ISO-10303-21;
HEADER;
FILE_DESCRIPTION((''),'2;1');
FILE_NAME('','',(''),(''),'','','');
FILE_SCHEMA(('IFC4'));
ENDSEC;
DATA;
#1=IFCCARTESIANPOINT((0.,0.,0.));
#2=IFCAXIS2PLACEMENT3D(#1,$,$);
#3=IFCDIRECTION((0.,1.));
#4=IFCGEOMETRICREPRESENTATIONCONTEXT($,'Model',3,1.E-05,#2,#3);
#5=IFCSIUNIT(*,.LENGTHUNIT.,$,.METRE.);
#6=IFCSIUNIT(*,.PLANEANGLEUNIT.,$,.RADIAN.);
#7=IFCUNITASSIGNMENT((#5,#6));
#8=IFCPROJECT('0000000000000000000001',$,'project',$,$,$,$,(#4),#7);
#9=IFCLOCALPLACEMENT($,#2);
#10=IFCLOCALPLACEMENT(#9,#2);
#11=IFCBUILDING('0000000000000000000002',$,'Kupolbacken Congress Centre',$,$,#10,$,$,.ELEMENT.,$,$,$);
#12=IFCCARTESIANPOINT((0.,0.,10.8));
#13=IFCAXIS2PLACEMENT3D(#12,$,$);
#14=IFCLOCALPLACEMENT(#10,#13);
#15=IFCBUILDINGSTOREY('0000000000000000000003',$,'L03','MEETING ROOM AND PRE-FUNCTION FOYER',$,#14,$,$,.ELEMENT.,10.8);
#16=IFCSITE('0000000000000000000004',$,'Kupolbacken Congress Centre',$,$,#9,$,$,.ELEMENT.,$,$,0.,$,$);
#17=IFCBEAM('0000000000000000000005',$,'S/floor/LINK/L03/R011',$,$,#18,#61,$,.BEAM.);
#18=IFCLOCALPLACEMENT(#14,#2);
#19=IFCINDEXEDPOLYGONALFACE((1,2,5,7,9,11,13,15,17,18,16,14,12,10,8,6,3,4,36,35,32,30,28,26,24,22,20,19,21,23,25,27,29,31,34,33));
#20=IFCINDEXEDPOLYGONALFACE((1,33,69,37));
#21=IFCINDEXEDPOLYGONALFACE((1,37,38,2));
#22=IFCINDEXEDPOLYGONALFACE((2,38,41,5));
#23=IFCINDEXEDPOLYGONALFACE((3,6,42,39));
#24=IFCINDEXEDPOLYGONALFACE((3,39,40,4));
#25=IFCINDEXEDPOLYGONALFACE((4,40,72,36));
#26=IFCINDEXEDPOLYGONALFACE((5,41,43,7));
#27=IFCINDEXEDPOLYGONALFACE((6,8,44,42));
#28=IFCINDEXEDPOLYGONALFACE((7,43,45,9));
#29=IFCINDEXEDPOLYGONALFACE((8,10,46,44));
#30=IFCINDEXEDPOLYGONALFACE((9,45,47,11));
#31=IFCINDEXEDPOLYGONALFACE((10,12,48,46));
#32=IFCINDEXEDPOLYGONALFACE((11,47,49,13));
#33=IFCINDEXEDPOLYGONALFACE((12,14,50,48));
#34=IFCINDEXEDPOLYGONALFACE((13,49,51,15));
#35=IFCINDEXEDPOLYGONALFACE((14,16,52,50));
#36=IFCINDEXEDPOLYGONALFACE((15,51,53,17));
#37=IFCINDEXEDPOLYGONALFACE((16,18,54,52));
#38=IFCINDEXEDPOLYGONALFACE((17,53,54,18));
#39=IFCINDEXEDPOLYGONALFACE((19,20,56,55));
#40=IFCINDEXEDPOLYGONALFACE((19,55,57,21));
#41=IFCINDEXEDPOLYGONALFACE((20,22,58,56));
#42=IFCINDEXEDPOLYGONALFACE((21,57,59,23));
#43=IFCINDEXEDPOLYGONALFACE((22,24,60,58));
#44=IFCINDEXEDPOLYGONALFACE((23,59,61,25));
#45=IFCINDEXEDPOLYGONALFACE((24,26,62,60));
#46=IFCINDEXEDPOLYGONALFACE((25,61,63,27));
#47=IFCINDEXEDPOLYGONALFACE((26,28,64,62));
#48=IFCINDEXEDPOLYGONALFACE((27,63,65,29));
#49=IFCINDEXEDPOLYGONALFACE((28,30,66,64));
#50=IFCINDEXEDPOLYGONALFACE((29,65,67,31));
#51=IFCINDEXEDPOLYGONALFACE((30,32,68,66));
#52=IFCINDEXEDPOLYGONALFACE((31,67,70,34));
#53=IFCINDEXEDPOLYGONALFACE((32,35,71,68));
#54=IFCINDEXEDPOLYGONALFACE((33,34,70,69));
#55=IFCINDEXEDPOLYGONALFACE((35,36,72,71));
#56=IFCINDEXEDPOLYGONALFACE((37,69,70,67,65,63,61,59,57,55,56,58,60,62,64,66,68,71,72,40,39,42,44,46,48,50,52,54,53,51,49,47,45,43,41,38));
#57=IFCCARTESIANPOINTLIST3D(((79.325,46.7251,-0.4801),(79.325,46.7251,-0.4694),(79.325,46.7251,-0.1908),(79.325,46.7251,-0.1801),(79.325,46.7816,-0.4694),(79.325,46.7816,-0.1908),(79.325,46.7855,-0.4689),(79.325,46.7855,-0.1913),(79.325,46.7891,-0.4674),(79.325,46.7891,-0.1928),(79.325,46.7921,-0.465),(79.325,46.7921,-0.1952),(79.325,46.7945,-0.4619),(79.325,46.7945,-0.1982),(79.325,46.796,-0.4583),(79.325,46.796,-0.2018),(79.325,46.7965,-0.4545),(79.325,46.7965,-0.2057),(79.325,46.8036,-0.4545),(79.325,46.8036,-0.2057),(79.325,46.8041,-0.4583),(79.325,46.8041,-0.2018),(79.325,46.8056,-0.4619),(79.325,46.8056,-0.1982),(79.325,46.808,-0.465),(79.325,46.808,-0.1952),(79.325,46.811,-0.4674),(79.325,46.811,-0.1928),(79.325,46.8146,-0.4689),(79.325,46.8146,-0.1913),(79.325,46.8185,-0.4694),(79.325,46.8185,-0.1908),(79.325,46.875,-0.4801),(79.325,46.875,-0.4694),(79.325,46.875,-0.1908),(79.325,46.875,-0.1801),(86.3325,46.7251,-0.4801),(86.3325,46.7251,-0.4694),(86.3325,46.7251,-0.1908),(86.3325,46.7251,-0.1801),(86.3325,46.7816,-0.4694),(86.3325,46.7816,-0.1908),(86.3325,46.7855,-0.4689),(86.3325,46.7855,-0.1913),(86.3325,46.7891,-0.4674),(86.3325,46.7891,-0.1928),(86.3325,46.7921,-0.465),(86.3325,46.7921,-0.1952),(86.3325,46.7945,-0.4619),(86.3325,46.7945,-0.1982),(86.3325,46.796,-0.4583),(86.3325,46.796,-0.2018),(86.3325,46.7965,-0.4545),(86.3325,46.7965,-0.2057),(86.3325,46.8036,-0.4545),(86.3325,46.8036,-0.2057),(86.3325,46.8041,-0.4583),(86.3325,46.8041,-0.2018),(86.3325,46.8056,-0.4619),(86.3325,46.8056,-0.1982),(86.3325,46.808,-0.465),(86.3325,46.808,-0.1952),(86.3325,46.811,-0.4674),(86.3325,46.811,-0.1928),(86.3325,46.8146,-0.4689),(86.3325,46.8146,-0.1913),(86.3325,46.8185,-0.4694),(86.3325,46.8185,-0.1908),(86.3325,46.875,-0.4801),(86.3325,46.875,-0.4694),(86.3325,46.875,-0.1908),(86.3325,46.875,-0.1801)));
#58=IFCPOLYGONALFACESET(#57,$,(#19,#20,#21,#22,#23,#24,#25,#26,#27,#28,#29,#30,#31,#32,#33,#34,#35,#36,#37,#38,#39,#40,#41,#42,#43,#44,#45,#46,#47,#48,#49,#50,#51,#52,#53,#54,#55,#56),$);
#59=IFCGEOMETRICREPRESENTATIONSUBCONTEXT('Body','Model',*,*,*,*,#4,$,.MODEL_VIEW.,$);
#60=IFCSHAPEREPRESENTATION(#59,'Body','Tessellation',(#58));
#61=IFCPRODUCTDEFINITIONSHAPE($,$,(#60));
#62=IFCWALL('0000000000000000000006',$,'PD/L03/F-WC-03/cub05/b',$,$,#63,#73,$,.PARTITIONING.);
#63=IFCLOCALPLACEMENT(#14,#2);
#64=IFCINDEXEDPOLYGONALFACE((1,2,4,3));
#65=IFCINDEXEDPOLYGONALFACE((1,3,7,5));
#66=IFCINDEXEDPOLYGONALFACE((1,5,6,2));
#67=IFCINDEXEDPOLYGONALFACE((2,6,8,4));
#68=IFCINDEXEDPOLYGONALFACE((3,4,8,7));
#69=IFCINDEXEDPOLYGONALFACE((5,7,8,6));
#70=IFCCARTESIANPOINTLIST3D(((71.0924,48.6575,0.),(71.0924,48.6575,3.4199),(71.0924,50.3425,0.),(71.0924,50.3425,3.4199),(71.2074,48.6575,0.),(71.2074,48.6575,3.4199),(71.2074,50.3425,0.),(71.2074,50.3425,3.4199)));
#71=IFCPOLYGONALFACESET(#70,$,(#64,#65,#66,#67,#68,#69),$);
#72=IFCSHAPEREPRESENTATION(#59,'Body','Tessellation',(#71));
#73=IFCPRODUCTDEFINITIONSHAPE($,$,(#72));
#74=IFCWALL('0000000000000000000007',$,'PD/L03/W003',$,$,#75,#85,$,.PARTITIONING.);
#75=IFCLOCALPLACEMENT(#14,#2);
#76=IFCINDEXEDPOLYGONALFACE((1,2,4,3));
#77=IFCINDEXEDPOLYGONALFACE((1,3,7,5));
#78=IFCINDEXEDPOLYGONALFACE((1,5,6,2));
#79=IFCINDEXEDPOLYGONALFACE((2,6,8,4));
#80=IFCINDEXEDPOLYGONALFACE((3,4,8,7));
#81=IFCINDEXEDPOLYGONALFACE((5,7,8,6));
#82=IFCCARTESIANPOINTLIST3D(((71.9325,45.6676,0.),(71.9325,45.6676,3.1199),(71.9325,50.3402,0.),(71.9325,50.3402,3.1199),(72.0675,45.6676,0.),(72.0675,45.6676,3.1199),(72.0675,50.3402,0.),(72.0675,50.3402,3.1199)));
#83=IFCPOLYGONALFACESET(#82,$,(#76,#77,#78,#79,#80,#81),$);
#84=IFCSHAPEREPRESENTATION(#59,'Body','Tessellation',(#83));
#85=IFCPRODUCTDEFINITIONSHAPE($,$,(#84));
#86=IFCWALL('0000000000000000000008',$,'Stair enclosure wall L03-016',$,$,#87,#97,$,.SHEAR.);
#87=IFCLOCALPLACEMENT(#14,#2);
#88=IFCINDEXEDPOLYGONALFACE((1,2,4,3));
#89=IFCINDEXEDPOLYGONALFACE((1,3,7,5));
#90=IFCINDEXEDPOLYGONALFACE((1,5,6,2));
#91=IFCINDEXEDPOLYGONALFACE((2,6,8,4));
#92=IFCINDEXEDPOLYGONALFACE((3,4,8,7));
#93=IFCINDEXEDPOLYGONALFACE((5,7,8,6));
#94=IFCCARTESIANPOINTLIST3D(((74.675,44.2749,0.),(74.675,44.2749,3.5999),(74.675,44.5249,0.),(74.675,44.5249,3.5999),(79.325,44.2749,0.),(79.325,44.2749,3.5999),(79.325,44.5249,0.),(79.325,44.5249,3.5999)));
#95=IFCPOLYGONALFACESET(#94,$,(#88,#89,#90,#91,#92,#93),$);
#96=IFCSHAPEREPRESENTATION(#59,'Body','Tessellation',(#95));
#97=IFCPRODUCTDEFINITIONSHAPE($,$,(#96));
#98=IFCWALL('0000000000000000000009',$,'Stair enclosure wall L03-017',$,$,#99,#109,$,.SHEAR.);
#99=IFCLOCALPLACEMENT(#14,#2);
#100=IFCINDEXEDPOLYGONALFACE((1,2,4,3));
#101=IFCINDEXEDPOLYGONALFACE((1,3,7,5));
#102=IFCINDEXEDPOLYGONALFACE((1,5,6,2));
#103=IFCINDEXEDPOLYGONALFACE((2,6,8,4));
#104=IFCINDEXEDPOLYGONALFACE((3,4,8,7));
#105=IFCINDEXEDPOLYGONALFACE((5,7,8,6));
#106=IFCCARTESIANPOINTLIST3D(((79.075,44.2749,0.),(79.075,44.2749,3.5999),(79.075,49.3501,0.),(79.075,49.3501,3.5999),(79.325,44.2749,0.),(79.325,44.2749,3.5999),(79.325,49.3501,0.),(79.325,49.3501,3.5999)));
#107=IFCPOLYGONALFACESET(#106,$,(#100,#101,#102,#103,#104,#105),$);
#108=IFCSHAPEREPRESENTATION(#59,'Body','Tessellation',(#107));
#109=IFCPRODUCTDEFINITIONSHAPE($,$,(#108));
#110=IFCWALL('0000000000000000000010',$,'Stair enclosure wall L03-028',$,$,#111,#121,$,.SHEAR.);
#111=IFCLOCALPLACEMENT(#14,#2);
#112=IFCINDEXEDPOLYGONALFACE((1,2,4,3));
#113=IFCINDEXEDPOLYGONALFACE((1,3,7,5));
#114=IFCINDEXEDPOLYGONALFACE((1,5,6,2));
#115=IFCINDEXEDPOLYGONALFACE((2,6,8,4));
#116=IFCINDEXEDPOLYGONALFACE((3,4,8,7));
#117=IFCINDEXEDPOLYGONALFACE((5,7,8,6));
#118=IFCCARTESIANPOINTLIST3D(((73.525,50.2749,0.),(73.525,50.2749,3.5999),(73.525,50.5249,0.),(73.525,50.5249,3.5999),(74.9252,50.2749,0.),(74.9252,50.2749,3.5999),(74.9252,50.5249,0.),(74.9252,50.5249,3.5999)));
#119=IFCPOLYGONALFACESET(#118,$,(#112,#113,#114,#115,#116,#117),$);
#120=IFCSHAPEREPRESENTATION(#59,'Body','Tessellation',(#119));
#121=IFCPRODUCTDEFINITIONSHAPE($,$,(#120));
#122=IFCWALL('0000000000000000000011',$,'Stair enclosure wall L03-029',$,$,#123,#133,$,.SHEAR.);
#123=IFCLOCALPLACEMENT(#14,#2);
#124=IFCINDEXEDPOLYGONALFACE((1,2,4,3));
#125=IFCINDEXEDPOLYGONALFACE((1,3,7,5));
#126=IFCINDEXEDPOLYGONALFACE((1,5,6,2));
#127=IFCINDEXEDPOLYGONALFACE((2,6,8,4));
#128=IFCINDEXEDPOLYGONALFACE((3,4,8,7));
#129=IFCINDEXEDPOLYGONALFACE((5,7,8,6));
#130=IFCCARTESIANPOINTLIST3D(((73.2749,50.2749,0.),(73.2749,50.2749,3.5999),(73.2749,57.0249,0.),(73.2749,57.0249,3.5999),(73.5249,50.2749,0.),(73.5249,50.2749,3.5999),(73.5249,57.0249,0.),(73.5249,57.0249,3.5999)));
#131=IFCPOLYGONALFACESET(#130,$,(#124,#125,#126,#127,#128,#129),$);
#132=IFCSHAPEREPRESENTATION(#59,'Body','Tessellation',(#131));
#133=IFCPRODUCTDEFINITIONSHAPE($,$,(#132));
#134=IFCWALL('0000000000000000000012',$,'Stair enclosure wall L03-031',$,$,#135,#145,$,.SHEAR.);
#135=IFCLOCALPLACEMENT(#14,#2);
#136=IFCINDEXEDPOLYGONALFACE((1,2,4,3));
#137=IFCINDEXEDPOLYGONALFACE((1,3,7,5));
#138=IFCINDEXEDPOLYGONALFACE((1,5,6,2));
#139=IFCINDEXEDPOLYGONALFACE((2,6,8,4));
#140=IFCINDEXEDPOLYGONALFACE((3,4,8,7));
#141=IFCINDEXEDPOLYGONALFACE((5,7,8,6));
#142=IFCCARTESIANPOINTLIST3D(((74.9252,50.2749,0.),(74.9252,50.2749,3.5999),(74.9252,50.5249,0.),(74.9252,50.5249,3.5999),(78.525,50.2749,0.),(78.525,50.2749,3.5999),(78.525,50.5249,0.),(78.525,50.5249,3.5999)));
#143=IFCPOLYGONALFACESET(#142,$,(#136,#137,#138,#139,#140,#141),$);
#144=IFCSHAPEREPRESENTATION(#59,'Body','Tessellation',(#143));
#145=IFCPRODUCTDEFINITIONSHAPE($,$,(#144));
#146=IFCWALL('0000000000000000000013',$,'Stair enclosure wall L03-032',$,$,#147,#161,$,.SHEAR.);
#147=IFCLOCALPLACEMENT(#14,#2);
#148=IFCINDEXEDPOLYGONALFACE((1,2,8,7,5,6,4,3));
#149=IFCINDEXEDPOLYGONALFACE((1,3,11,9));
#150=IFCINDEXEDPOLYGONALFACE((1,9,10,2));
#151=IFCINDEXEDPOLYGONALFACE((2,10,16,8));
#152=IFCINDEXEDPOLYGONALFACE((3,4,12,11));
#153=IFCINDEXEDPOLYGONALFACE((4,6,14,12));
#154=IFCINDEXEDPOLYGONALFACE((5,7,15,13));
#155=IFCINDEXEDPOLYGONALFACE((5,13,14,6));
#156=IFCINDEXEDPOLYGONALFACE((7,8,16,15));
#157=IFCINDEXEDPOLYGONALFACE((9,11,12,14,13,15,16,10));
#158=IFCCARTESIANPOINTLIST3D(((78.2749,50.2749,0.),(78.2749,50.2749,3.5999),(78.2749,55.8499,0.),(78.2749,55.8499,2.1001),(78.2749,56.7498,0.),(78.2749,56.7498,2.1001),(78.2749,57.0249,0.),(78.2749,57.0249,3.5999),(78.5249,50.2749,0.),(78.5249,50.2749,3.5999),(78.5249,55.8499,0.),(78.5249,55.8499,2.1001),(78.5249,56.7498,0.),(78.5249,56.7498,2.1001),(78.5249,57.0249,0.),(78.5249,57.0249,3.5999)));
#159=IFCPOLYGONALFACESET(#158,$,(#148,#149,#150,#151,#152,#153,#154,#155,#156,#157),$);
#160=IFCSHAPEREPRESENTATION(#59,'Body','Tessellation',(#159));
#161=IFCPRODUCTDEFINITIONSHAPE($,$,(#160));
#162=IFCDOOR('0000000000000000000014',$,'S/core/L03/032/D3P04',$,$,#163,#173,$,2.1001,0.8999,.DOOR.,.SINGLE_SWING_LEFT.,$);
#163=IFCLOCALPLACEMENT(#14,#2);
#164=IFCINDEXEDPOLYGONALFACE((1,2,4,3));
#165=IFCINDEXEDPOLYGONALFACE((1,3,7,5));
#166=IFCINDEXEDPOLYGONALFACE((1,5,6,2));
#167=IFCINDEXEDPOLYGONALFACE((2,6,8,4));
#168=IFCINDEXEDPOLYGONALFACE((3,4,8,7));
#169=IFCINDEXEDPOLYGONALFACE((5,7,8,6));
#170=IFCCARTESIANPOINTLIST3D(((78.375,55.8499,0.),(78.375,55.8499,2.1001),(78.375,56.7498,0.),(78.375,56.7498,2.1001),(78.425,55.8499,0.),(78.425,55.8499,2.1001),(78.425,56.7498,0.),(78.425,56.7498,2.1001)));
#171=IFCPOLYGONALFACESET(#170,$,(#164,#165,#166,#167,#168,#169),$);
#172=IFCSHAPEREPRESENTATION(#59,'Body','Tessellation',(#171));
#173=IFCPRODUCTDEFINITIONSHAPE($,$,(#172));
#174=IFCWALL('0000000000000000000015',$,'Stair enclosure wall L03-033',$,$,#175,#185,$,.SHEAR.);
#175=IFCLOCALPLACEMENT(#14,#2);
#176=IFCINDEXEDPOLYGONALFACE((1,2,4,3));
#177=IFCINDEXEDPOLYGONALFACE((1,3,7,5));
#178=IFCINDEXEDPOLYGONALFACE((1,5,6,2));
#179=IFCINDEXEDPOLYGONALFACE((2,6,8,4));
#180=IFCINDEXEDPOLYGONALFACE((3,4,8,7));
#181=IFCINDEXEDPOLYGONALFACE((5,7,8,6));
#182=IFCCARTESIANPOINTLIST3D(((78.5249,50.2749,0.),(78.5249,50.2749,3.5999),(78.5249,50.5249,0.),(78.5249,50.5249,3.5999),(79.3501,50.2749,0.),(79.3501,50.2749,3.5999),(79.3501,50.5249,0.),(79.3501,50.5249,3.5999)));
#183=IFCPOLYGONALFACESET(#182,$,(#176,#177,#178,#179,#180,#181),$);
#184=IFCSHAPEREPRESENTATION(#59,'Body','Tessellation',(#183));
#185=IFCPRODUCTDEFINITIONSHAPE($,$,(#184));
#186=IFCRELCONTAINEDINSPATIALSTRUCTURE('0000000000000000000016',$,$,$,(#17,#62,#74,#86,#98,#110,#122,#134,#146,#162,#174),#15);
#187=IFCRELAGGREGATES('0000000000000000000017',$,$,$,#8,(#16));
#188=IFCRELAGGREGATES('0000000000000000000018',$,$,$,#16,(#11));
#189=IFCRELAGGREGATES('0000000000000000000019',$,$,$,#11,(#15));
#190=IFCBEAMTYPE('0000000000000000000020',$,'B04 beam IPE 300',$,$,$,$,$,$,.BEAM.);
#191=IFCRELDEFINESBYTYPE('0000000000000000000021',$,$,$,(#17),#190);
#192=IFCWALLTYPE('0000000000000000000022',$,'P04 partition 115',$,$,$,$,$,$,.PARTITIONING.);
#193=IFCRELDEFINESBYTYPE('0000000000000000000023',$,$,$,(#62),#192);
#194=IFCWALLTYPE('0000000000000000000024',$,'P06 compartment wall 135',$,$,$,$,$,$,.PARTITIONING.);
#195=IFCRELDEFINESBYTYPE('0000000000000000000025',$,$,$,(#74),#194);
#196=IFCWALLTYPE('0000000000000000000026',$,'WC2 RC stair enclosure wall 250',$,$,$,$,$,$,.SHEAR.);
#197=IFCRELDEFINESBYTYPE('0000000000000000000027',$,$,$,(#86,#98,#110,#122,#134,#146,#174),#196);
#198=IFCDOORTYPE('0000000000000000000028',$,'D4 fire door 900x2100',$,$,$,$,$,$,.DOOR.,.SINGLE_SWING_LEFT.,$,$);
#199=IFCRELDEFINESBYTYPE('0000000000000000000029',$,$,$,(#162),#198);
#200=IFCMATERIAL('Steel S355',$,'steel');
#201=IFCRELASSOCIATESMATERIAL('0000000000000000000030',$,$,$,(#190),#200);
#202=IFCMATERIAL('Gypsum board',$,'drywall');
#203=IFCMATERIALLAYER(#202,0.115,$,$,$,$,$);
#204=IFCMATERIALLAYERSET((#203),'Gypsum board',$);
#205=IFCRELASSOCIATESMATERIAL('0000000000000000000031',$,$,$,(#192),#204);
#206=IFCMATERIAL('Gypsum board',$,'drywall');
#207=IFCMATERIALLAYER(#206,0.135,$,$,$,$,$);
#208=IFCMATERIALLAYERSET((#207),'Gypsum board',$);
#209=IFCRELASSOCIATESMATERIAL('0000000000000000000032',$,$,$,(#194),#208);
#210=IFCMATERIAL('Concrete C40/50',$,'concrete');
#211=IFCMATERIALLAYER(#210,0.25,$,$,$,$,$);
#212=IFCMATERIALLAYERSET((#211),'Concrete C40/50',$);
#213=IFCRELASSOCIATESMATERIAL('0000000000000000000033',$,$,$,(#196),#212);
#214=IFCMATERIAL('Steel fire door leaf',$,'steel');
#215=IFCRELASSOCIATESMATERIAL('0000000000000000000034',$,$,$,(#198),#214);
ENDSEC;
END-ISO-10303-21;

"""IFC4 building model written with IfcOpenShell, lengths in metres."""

from ifc_helpers import new_model, si_unit, direction, frame, frame_2d, origin, origin_2d, place, context, subcontext, project, spatial, rectangle, i_section, extrude, material, layer, layer_set, material_profile, profile_set, type_object, element, fill, save


model = new_model("IFC4")

# Units and contexts
model_context = context("Model", 3, precision=1e-05, world=origin(), true_north=direction((0.0, 1.0)))
body_context = subcontext(model_context, "Body", "Model", "MODEL_VIEW")
ifc_project = project(units=[si_unit("LENGTHUNIT", "METRE"), si_unit("PLANEANGLEUNIT", "RADIAN")], contexts=[model_context])

# Site, building, storey
site_placement = place(None, origin())
site = spatial("IfcSite", under=ifc_project, at=site_placement, Name="Kupolbacken Congress Centre", CompositionType="ELEMENT", RefElevation=0.0)
building_placement = place(site_placement, origin())
building = spatial("IfcBuilding", under=site, at=building_placement, Name="Kupolbacken Congress Centre", CompositionType="ELEMENT")
storey_placement = place(building_placement, frame((0.0, 0.0, 10.8)))
storey = spatial("IfcBuildingStorey", under=building, at=storey_placement, Name="L03", Description="MEETING ROOM AND PRE-FUNCTION FOYER", CompositionType="ELEMENT", Elevation=10.8)

# Beam
ifc_material_1 = material(Name="Steel S355", Category="steel")
ifc_material_profile_1 = material_profile(ifc_material_1, i_section(OverallWidth=0.1499, OverallDepth=0.3, WebThickness=0.0071, FlangeThickness=0.0107, FilletRadius=0.0149, at=origin_2d()), Name="IPE 300")
ifc_profile_set_1 = profile_set([ifc_material_profile_1], Name="Steel S355")
beam_type_1 = type_object("IfcBeamType", Name="B04 beam IPE 300", PredefinedType="BEAM", material=ifc_profile_set_1)
beam_1_placement = place(storey_placement, frame((79.325, 46.8, -0.3301), z_axis=(1.0, 0.0, 0.0), x_axis=(0.0, 1.0, 0.0)))
element("IfcBeam", 1, at=beam_1_placement, inside=storey, type_object=beam_type_1, Name="S/floor/LINK/L03/R011", PredefinedType="BEAM", context=body_context, shape_type="SweptSolid", body=[
    extrude(i_section(OverallWidth=0.1499, OverallDepth=0.3, WebThickness=0.0071, FlangeThickness=0.0107, FilletRadius=0.0149, at=origin_2d()), origin(), (0.0, 0.0, 1.0), 7.0076),
])

# Walls
ifc_material_2 = material(Name="Gypsum board", Category="drywall")
ifc_layer_1 = layer(ifc_material_2, 0.115)
ifc_layer_set_1 = layer_set([ifc_layer_1], Name="Gypsum board")
wall_type_1 = type_object("IfcWallType", Name="P04 partition 115", PredefinedType="PARTITIONING", material=ifc_layer_set_1)
wall_1_placement = place(storey_placement, frame((71.1499, 50.3425, 0.0), z_axis=(0.0, 0.0, 1.0), x_axis=(0.0, -1.0, 0.0)))
element("IfcWall", 2, at=wall_1_placement, inside=storey, type_object=wall_type_1, Name="PD/L03/F-WC-03/cub05/b", PredefinedType="PARTITIONING", context=body_context, shape_type="SweptSolid", body=[
    extrude(rectangle(XDim=1.6851, YDim=0.115, at=frame_2d((0.8425, 0.0))), origin(), (0.0, 0.0, 1.0), 3.4199),
])
ifc_material_3 = material(Name="Gypsum board", Category="drywall")
ifc_layer_2 = layer(ifc_material_3, 0.135)
ifc_layer_set_2 = layer_set([ifc_layer_2], Name="Gypsum board")
wall_type_2 = type_object("IfcWallType", Name="P06 compartment wall 135", PredefinedType="PARTITIONING", material=ifc_layer_set_2)
wall_2_placement = place(storey_placement, frame((72.0, 45.6675, 0.0), z_axis=(0.0, 0.0, 1.0), x_axis=(0.0, 1.0, 0.0)))
element("IfcWall", 3, at=wall_2_placement, inside=storey, type_object=wall_type_2, Name="PD/L03/W003", PredefinedType="PARTITIONING", context=body_context, shape_type="SweptSolid", body=[
    extrude(rectangle(XDim=4.6726, YDim=0.135, at=frame_2d((2.3364, 0.0))), origin(), (0.0, 0.0, 1.0), 3.1199),
])
ifc_material_4 = material(Name="Concrete C40/50", Category="concrete")
ifc_layer_3 = layer(ifc_material_4, 0.25)
ifc_layer_set_3 = layer_set([ifc_layer_3], Name="Concrete C40/50")
wall_type_3 = type_object("IfcWallType", Name="WC2 RC stair enclosure wall 250", PredefinedType="SHEAR", material=ifc_layer_set_3)
wall_3_placement = place(storey_placement, frame((74.675, 44.3999, 0.0), z_axis=(0.0, 0.0, 1.0), x_axis=(1.0, 0.0, 0.0)))
element("IfcWall", 4, at=wall_3_placement, inside=storey, type_object=wall_type_3, Name="Stair enclosure wall L03-016", PredefinedType="SHEAR", context=body_context, shape_type="SweptSolid", body=[
    extrude(rectangle(XDim=4.6499, YDim=0.25, at=frame_2d((2.325, 0.0))), origin(), (0.0, 0.0, 1.0), 3.5999),
])
wall_4_placement = place(storey_placement, frame((79.2, 44.2749, 0.0), z_axis=(0.0, 0.0, 1.0), x_axis=(0.0, 1.0, 0.0)))
element("IfcWall", 5, at=wall_4_placement, inside=storey, type_object=wall_type_3, Name="Stair enclosure wall L03-017", PredefinedType="SHEAR", context=body_context, shape_type="SweptSolid", body=[
    extrude(rectangle(XDim=5.0752, YDim=0.25, at=frame_2d((2.5376, 0.0))), origin(), (0.0, 0.0, 1.0), 3.5999),
])
wall_5_placement = place(storey_placement, frame((73.5249, 50.3999, 0.0), z_axis=(0.0, 0.0, 1.0), x_axis=(1.0, 0.0, 0.0)))
element("IfcWall", 6, at=wall_5_placement, inside=storey, type_object=wall_type_3, Name="Stair enclosure wall L03-028", PredefinedType="SHEAR", context=body_context, shape_type="SweptSolid", body=[
    extrude(rectangle(XDim=1.4001, YDim=0.25, at=frame_2d((0.7002, 0.0))), origin(), (0.0, 0.0, 1.0), 3.5999),
])
wall_6_placement = place(storey_placement, frame((73.3999, 50.2749, 0.0), z_axis=(0.0, 0.0, 1.0), x_axis=(0.0, 1.0, 0.0)))
element("IfcWall", 7, at=wall_6_placement, inside=storey, type_object=wall_type_3, Name="Stair enclosure wall L03-029", PredefinedType="SHEAR", context=body_context, shape_type="SweptSolid", body=[
    extrude(rectangle(XDim=6.75, YDim=0.25, at=frame_2d((3.375, 0.0))), origin(), (0.0, 0.0, 1.0), 3.5999),
])

# Wall
wall_7_placement = place(storey_placement, frame((78.5249, 50.3999, 0.0), z_axis=(0.0, 0.0, 1.0), x_axis=(-1.0, 0.0, 0.0)))
element("IfcWall", 8, at=wall_7_placement, inside=storey, type_object=wall_type_3, Name="Stair enclosure wall L03-031", PredefinedType="SHEAR", context=body_context, shape_type="SweptSolid", body=[
    extrude(rectangle(XDim=3.5999, YDim=0.25, at=frame_2d((1.7998, 0.0))), origin(), (0.0, 0.0, 1.0), 3.5999),
])

# Wall, opening, door
wall_8_placement = place(storey_placement, frame((78.3999, 50.2749, 0.0), z_axis=(0.0, 0.0, 1.0), x_axis=(0.0, 1.0, 0.0)))
wall_8 = element("IfcWall", 9, at=wall_8_placement, inside=storey, type_object=wall_type_3, Name="Stair enclosure wall L03-032", PredefinedType="SHEAR", context=body_context, shape_type="SweptSolid", body=[
    extrude(rectangle(XDim=6.75, YDim=0.25, at=frame_2d((3.375, 0.0))), origin(), (0.0, 0.0, 1.0), 3.5999),
])
opening_1_placement = place(wall_8_placement, frame((5.575, 0.0, 0.0)))
opening_1 = element("IfcOpeningElement", 10, at=opening_1_placement, cuts=wall_8, PredefinedType="OPENING", context=body_context, shape_type="SweptSolid", body=[
    extrude(rectangle(XDim=0.8999, YDim=2.1001, at=frame_2d((0.45, 1.05))), frame((0.0, 0.135, 0.0), z_axis=(0.0, -1.0, 0.0), x_axis=(1.0, 0.0, 0.0)), (0.0, 0.0, 1.0), 0.27),
])
ifc_material_5 = material(Name="Steel fire door leaf", Category="steel")
door_type_1 = type_object("IfcDoorType", Name="D4 fire door 900x2100", OperationType="SINGLE_SWING_LEFT", PredefinedType="DOOR", material=ifc_material_5)
door_1_placement = place(opening_1_placement, origin())
door_1 = element("IfcDoor", 11, at=door_1_placement, inside=storey, type_object=door_type_1, Name="S/core/L03/032/D3P04", OperationType="SINGLE_SWING_LEFT", OverallHeight=2.1001, OverallWidth=0.8999, PredefinedType="DOOR", context=body_context, shape_type="SweptSolid", body=[
    extrude(rectangle(XDim=0.8999, YDim=2.1001, at=frame_2d((0.45, 1.05))), frame((0.0, 0.0249, 0.0), z_axis=(0.0, -1.0, 0.0), x_axis=(1.0, 0.0, 0.0)), (0.0, 0.0, 1.0), 0.05),
])
fill(opening_1, door_1)

# Wall
wall_9_placement = place(storey_placement, frame((79.3501, 50.3999, 0.0), z_axis=(0.0, 0.0, 1.0), x_axis=(-1.0, 0.0, 0.0)))
element("IfcWall", 12, at=wall_9_placement, inside=storey, type_object=wall_type_3, Name="Stair enclosure wall L03-033", PredefinedType="SHEAR", context=body_context, shape_type="SweptSolid", body=[
    extrude(rectangle(XDim=0.8252, YDim=0.25, at=frame_2d((0.4126, 0.0))), origin(), (0.0, 0.0, 1.0), 3.5999),
])

save(model, "model.ifc")
